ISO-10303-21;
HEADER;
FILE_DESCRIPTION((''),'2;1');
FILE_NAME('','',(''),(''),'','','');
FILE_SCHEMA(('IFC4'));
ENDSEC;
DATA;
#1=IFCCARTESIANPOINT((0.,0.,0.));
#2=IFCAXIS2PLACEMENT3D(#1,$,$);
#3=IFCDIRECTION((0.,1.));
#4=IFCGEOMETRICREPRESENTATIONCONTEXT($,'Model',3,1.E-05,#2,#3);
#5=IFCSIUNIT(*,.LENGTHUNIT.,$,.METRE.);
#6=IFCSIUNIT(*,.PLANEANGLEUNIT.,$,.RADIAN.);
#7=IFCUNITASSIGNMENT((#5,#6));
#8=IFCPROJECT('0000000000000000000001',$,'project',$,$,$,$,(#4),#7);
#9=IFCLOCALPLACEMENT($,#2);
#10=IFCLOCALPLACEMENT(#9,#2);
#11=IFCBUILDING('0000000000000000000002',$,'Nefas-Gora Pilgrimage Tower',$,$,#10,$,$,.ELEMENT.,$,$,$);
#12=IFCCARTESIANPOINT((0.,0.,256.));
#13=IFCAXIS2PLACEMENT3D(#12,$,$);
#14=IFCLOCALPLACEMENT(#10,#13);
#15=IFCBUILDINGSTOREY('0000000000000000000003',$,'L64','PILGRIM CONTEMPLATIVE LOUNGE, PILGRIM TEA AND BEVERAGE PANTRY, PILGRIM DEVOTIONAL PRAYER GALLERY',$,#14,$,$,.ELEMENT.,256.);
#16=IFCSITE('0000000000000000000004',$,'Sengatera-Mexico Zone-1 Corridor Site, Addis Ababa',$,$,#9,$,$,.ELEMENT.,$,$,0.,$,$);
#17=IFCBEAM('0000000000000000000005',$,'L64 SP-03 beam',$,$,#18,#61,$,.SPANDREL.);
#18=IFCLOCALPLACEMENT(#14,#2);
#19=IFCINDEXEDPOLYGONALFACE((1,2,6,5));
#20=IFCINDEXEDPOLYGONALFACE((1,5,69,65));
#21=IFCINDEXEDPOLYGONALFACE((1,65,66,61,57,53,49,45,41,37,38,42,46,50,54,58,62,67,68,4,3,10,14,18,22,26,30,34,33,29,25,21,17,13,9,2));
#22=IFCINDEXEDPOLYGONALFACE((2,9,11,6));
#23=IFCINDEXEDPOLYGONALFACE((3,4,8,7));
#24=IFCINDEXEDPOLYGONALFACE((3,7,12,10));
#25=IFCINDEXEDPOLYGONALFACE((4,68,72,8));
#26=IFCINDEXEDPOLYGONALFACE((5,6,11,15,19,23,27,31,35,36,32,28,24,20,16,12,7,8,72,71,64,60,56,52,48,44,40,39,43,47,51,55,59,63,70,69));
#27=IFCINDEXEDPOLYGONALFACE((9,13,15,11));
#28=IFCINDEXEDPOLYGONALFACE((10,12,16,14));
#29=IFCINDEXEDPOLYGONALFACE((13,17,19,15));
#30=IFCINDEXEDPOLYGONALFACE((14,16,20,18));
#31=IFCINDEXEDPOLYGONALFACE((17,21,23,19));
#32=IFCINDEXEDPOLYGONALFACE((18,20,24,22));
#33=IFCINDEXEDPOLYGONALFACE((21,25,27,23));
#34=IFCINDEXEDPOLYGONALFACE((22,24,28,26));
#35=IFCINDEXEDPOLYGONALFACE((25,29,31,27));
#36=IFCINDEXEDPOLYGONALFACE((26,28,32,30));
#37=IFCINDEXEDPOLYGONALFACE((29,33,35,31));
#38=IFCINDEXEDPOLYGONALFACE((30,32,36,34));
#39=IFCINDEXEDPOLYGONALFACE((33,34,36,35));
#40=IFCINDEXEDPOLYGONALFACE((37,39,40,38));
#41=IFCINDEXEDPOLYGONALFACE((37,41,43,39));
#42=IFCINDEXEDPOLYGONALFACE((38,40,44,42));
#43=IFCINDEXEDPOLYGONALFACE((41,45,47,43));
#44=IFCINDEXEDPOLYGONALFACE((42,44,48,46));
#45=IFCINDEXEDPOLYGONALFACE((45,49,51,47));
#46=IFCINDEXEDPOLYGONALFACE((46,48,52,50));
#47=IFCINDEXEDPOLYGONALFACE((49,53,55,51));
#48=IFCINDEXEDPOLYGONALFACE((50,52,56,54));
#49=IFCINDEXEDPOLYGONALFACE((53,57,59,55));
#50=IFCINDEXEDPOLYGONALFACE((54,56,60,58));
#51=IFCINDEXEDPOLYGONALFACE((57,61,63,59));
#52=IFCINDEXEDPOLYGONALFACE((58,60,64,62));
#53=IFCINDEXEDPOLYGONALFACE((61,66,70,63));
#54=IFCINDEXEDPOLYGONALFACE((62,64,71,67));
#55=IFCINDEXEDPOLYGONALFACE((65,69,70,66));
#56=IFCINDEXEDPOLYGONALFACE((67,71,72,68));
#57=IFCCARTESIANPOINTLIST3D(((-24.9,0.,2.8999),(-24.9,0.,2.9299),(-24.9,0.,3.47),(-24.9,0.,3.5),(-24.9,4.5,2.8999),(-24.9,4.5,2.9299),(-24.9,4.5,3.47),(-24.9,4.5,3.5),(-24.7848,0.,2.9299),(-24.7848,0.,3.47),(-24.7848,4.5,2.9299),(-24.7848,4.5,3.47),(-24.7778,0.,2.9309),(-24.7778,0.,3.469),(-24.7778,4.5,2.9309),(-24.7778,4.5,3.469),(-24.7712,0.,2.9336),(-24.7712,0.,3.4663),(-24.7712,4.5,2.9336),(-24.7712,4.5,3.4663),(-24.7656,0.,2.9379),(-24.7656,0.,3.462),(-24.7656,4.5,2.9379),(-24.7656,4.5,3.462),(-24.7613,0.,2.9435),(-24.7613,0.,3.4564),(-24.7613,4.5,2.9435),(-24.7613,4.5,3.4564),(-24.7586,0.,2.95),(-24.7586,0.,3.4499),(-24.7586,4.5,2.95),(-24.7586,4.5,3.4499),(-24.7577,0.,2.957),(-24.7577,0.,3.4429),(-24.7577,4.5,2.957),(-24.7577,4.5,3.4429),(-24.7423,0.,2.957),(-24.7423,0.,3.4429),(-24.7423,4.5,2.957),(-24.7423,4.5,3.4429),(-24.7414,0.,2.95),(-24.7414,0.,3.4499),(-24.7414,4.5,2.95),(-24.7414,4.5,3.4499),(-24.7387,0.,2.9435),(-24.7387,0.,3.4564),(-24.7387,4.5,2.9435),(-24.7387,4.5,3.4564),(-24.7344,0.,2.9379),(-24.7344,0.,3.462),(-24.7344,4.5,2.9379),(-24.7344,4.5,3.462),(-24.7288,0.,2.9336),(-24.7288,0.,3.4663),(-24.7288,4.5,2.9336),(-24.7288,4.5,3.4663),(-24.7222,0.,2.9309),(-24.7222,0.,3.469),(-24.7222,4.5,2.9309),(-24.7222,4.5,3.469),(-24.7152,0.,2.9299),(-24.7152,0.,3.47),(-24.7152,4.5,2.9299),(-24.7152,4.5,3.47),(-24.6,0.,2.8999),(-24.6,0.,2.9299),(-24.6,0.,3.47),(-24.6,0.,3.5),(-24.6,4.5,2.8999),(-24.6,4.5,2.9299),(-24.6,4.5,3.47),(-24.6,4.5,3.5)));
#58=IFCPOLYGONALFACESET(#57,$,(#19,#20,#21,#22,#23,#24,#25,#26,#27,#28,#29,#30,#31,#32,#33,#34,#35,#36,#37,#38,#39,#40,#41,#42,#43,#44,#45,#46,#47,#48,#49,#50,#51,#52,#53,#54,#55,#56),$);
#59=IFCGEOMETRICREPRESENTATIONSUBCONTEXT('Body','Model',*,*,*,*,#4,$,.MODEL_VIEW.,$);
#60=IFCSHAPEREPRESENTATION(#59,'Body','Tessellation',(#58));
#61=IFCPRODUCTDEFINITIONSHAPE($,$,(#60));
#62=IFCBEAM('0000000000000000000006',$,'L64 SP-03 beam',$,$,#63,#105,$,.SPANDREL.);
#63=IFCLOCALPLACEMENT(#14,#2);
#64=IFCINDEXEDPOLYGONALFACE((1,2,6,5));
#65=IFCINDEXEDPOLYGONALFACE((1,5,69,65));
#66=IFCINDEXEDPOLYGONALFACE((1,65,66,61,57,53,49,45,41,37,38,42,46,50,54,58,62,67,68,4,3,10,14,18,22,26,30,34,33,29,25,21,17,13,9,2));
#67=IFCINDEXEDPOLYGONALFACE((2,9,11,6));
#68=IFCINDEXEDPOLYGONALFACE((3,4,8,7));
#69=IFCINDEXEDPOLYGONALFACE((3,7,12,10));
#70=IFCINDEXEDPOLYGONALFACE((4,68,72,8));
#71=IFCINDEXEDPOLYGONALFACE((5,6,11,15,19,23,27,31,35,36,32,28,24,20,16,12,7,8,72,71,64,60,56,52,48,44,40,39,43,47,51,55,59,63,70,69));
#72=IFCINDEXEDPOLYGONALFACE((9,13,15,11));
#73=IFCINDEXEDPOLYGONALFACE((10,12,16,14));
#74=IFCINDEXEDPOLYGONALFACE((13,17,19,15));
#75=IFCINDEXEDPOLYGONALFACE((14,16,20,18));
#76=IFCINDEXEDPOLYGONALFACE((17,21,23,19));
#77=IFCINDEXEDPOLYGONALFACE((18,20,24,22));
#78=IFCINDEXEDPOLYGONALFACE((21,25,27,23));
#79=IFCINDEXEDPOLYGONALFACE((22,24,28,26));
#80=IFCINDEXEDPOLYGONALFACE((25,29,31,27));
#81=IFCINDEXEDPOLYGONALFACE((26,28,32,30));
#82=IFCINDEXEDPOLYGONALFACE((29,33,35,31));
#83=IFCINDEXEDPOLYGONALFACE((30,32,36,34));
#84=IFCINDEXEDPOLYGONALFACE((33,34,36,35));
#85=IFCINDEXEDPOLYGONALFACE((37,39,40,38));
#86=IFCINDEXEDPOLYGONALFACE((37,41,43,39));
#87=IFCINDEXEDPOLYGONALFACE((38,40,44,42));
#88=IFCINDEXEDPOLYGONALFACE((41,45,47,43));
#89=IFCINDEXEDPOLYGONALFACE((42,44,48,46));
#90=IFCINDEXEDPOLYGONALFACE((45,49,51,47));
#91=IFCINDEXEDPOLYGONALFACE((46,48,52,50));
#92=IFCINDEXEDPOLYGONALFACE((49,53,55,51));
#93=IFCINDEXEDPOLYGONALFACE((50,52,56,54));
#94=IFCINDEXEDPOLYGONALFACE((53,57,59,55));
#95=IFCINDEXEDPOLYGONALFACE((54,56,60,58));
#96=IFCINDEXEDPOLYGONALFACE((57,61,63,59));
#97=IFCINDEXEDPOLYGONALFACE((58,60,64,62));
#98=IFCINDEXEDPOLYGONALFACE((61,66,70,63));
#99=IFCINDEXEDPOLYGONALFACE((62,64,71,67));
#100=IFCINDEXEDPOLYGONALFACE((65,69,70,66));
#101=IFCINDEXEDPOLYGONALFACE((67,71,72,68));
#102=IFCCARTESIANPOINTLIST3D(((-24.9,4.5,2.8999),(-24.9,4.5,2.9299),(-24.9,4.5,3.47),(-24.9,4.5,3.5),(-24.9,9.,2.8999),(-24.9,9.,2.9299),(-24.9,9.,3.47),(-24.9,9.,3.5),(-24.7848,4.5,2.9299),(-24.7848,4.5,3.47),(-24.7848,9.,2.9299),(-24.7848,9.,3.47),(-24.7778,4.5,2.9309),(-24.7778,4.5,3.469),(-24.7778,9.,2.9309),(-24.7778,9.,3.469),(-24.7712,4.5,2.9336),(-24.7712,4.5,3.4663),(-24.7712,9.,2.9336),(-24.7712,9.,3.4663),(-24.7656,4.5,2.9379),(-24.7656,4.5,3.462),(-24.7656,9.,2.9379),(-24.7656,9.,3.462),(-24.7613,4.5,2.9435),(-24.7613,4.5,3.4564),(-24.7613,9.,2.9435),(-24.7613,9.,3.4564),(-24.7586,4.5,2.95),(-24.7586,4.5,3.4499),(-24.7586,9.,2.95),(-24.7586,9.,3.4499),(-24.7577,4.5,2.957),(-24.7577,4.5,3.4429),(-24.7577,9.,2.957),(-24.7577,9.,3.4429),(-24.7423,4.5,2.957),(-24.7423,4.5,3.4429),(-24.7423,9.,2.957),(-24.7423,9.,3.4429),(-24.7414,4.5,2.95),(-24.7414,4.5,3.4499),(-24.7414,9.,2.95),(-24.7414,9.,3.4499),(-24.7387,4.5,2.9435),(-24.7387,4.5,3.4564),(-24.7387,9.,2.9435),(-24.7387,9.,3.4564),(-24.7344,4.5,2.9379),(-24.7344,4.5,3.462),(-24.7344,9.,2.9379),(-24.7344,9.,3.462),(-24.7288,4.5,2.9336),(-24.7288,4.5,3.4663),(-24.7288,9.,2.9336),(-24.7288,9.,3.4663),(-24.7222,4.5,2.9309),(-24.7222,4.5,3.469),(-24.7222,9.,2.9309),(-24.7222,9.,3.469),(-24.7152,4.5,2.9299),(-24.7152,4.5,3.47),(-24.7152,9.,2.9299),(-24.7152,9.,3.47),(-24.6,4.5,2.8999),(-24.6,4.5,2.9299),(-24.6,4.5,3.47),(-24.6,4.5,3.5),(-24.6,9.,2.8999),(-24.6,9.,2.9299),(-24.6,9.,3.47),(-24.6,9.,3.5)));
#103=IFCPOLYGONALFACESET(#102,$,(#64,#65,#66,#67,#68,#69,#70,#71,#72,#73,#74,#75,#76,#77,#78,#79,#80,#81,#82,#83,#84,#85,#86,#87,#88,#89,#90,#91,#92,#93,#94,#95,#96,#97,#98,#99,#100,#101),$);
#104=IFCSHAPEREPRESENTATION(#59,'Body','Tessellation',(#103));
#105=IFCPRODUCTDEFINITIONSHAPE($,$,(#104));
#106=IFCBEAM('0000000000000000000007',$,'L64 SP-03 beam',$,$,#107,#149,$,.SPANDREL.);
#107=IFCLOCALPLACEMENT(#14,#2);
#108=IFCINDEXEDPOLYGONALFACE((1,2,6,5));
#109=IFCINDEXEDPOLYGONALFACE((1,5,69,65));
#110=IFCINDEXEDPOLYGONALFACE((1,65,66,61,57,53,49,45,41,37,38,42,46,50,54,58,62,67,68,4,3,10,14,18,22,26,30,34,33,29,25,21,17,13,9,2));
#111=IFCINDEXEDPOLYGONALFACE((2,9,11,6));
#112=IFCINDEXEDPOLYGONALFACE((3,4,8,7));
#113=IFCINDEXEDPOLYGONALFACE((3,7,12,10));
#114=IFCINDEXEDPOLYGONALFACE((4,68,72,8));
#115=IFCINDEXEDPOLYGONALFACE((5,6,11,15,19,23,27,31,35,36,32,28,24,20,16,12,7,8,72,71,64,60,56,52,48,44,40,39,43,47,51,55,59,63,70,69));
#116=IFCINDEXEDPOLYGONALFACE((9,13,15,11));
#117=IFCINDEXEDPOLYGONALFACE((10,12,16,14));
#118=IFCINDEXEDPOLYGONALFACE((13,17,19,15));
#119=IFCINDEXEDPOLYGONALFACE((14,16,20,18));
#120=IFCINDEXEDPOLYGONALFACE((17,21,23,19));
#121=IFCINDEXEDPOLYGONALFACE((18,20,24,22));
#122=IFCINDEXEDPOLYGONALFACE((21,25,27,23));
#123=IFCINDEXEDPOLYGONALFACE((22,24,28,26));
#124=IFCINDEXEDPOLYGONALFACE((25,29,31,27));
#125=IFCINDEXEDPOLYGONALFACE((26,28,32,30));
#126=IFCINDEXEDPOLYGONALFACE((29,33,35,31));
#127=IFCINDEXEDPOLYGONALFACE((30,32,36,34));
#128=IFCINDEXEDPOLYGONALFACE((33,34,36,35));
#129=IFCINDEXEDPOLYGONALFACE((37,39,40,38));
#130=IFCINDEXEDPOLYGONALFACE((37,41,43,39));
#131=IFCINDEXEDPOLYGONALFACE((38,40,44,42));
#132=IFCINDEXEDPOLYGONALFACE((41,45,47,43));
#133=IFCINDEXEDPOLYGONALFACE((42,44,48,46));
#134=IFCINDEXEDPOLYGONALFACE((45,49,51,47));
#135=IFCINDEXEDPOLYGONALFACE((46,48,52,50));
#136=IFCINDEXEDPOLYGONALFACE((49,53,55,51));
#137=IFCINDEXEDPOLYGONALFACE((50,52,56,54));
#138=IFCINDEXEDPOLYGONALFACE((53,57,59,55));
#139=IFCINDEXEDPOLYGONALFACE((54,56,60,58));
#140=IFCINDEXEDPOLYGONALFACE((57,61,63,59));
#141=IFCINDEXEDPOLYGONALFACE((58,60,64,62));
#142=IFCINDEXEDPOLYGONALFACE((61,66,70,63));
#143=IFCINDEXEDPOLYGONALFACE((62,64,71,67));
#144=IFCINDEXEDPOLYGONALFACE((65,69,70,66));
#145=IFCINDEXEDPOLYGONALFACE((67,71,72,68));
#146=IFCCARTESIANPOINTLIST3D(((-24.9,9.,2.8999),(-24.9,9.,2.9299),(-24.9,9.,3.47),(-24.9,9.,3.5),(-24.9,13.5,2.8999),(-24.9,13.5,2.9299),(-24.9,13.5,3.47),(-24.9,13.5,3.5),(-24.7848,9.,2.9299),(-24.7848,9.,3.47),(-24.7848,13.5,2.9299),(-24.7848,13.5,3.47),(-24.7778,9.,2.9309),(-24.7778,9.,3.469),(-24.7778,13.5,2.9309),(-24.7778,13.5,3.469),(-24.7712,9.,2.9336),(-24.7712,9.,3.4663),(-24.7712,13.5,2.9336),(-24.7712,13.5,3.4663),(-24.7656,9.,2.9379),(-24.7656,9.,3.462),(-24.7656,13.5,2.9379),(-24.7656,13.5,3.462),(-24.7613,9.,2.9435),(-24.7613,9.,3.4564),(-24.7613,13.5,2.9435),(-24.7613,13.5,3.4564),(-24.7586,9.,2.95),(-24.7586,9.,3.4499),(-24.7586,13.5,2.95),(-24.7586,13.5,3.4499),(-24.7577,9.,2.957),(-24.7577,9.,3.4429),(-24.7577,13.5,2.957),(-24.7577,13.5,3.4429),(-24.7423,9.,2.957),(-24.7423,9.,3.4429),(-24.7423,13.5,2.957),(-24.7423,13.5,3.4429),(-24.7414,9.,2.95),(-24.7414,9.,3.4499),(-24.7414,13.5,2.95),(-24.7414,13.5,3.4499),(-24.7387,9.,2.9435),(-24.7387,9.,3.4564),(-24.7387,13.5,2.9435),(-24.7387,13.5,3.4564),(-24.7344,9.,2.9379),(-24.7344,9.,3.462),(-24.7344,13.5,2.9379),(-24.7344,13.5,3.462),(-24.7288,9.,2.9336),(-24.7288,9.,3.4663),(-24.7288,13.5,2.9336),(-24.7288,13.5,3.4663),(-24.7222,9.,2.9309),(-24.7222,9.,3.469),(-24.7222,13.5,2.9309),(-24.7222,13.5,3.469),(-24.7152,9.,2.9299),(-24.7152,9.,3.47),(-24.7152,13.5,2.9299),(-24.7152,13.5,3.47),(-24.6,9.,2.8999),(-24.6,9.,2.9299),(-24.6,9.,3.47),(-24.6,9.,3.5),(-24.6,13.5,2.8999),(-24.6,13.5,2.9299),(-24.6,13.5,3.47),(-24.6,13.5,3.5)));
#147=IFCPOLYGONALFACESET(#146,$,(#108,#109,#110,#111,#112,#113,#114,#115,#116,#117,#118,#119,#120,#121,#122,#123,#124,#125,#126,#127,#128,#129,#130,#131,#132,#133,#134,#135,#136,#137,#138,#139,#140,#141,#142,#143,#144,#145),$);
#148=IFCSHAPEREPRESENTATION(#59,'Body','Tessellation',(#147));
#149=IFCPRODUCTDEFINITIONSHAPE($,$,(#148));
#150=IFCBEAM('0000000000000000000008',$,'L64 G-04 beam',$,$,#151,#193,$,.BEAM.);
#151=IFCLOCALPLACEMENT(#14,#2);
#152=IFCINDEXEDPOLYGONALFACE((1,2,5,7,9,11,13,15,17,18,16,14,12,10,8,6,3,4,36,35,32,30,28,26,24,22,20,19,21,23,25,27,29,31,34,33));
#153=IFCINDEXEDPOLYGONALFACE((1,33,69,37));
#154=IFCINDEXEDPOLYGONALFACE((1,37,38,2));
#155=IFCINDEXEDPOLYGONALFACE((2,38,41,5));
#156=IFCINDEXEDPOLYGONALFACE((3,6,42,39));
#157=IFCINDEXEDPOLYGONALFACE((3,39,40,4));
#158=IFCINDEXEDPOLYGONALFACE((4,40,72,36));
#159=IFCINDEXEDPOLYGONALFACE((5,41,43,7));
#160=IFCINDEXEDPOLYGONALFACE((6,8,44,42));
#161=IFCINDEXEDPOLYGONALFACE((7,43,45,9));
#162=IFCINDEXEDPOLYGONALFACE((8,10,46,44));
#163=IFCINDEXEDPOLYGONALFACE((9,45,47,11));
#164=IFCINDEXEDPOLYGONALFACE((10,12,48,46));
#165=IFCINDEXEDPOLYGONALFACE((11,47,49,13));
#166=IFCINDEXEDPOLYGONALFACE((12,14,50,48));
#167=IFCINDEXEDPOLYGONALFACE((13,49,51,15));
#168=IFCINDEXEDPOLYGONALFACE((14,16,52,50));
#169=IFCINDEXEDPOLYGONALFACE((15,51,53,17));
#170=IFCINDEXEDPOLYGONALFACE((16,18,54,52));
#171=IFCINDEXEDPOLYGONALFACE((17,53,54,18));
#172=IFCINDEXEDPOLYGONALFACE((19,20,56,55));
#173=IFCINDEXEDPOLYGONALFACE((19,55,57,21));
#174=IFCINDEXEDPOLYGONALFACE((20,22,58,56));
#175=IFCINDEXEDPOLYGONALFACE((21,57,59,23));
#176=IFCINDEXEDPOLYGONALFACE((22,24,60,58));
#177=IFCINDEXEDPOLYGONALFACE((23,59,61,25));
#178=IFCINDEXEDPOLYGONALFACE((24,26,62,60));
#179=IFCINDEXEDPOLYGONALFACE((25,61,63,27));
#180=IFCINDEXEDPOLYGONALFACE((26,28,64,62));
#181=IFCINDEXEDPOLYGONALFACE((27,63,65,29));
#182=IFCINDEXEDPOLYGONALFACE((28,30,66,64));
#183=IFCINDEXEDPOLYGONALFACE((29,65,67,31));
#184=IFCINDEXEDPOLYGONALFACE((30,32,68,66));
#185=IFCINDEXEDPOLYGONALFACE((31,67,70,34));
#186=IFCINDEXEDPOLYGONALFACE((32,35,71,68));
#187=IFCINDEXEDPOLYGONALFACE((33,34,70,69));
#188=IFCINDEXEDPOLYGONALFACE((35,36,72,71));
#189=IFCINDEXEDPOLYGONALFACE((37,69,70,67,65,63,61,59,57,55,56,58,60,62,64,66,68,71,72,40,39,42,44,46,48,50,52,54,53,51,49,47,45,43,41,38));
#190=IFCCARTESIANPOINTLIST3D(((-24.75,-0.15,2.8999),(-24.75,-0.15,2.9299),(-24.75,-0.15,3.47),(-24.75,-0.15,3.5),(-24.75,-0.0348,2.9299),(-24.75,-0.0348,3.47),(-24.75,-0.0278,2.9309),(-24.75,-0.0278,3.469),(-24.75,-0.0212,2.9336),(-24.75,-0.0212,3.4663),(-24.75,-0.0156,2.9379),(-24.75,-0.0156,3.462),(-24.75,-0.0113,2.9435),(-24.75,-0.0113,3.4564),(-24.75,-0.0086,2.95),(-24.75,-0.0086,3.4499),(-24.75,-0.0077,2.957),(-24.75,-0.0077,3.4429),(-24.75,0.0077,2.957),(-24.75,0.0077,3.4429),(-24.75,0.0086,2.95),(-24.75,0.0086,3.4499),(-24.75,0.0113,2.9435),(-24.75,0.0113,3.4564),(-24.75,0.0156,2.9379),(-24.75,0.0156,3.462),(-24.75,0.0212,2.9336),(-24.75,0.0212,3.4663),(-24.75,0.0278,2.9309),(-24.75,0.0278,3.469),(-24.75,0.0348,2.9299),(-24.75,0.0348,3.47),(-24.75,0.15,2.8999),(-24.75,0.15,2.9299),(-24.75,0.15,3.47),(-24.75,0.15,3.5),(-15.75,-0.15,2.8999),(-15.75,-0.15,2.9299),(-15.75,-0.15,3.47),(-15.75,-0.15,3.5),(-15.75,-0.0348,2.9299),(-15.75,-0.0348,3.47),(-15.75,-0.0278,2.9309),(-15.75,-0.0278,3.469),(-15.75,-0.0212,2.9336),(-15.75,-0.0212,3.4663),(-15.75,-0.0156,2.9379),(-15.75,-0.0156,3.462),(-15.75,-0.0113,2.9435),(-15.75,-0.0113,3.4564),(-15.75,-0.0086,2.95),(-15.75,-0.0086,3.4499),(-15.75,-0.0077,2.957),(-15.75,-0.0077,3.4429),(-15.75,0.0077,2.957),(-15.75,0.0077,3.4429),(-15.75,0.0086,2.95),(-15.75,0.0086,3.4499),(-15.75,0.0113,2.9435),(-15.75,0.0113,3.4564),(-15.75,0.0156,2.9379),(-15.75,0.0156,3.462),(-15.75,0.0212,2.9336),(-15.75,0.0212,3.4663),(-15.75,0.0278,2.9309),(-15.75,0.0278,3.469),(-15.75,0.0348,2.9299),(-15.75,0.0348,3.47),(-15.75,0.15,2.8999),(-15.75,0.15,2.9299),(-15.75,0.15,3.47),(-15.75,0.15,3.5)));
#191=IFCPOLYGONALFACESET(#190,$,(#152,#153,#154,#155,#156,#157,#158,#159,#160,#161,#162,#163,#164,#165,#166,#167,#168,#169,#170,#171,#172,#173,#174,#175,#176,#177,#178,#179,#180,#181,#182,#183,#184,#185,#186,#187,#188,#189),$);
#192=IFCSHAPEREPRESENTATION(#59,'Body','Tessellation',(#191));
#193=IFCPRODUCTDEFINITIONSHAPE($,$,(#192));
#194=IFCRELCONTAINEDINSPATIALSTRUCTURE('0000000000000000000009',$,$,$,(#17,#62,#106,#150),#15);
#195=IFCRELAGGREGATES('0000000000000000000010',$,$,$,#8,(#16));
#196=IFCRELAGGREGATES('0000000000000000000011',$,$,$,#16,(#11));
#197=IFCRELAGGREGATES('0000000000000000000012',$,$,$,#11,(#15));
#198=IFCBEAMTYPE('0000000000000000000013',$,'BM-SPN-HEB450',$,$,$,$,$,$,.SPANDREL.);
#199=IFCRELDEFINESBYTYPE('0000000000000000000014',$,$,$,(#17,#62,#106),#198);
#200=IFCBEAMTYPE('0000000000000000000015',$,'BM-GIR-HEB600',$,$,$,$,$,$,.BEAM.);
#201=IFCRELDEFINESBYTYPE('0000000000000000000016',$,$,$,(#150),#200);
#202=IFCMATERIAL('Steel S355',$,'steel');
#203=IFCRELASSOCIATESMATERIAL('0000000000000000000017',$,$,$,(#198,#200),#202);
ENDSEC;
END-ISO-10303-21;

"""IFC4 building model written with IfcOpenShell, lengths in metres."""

from ifc_helpers import new_model, si_unit, direction, frame, origin, origin_2d, place, context, subcontext, project, spatial, i_section, extrude, source, transform, mapped, material, material_profile, profile_set, type_object, element, save


model = new_model("IFC4")

# Units and contexts
model_context = context("Model", 3, precision=1e-05, world=origin(), true_north=direction((0.0, 1.0)))
body_context = subcontext(model_context, "Body", "Model", "MODEL_VIEW")
ifc_project = project(units=[si_unit("LENGTHUNIT", "METRE"), si_unit("PLANEANGLEUNIT", "RADIAN")], contexts=[model_context])

# Site, building, storey
site_placement = place(None, origin())
site = spatial("IfcSite", under=ifc_project, at=site_placement, Name="Sengatera-Mexico Zone-1 Corridor Site, Addis Ababa", CompositionType="ELEMENT", RefElevation=0.0)
building_placement = place(site_placement, origin())
building = spatial("IfcBuilding", under=site, at=building_placement, Name="Nefas-Gora Pilgrimage Tower", CompositionType="ELEMENT")
storey_placement = place(building_placement, frame((0.0, 0.0, 256.0)))
storey = spatial("IfcBuildingStorey", under=building, at=storey_placement, Name="L64", Description="PILGRIM CONTEMPLATIVE LOUNGE, PILGRIM TEA AND BEVERAGE PANTRY, PILGRIM DEVOTIONAL PRAYER GALLERY", CompositionType="ELEMENT", Elevation=256.0)

# Beams
ifc_material_1 = material(Name="Steel S355", Category="steel")
ifc_material_profile_1 = material_profile(ifc_material_1, i_section(OverallWidth=0.3, OverallDepth=0.6001, WebThickness=0.0154, FlangeThickness=0.03, FilletRadius=0.0271, at=origin_2d()), Name="HEB 600")
ifc_profile_set_1 = profile_set([ifc_material_profile_1], Name="Steel S355")
beam_type_1 = type_object("IfcBeamType", Name="BM-SPN-HEB450", PredefinedType="SPANDREL", material=ifc_profile_set_1)
shared_shape_1 = source(origin(), body_context, "Body", "SweptSolid", [
    extrude(i_section(OverallWidth=0.3, OverallDepth=0.6001, WebThickness=0.0154, FlangeThickness=0.03, FilletRadius=0.0271, at=origin_2d()), origin(), (0.0, 0.0, 1.0), 4.5),
])
for number, where, z_axis, x_axis, name in (
    (1, (-24.75, 0.0, 3.2), (0.0, 1.0, 0.0), (-1.0, 0.0, 0.0), "L64 SP-03 beam"),
    (2, (-24.75, 4.5, 3.2), (0.0, 1.0, 0.0), (-1.0, 0.0, 0.0), "L64 SP-03 beam"),
    (3, (-24.75, 9.0, 3.2), (0.0, 1.0, 0.0), (-1.0, 0.0, 0.0), "L64 SP-03 beam"),
):
    element("IfcBeam", number, at=place(storey_placement, frame(where, z_axis=z_axis, x_axis=x_axis)), inside=storey, type_object=beam_type_1, Name=name, PredefinedType="SPANDREL", context=body_context, shape_type="MappedRepresentation", body=[
        mapped(shared_shape_1, transform((0.0, 0.0, 0.0), x_axis=(1.0, 0.0, 0.0), y_axis=(0.0, 1.0, 0.0), z_axis=(0.0, 0.0, 1.0), scale=1.0)),
    ])
ifc_material_profile_2 = material_profile(ifc_material_1, i_section(OverallWidth=0.3, OverallDepth=0.6001, WebThickness=0.0154, FlangeThickness=0.03, FilletRadius=0.0271, at=origin_2d()), Name="HEB 600")
ifc_profile_set_2 = profile_set([ifc_material_profile_2], Name="Steel S355")
beam_type_2 = type_object("IfcBeamType", Name="BM-GIR-HEB600", PredefinedType="BEAM", material=ifc_profile_set_2)
shared_shape_2 = source(origin(), body_context, "Body", "SweptSolid", [
    extrude(i_section(OverallWidth=0.3, OverallDepth=0.6001, WebThickness=0.0154, FlangeThickness=0.03, FilletRadius=0.0271, at=origin_2d()), origin(), (0.0, 0.0, 1.0), 9.0),
])
for number, where, z_axis, x_axis, name in (
    (4, (-24.75, 0.0, 3.2), (1.0, 0.0, 0.0), (0.0, 1.0, 0.0), "L64 G-04 beam"),
):
    element("IfcBeam", number, at=place(storey_placement, frame(where, z_axis=z_axis, x_axis=x_axis)), inside=storey, type_object=beam_type_2, Name=name, PredefinedType="BEAM", context=body_context, shape_type="MappedRepresentation", body=[
        mapped(shared_shape_2, transform((0.0, 0.0, 0.0), x_axis=(1.0, 0.0, 0.0), y_axis=(0.0, 1.0, 0.0), z_axis=(0.0, 0.0, 1.0), scale=1.0)),
    ])

save(model, "model.ifc")
